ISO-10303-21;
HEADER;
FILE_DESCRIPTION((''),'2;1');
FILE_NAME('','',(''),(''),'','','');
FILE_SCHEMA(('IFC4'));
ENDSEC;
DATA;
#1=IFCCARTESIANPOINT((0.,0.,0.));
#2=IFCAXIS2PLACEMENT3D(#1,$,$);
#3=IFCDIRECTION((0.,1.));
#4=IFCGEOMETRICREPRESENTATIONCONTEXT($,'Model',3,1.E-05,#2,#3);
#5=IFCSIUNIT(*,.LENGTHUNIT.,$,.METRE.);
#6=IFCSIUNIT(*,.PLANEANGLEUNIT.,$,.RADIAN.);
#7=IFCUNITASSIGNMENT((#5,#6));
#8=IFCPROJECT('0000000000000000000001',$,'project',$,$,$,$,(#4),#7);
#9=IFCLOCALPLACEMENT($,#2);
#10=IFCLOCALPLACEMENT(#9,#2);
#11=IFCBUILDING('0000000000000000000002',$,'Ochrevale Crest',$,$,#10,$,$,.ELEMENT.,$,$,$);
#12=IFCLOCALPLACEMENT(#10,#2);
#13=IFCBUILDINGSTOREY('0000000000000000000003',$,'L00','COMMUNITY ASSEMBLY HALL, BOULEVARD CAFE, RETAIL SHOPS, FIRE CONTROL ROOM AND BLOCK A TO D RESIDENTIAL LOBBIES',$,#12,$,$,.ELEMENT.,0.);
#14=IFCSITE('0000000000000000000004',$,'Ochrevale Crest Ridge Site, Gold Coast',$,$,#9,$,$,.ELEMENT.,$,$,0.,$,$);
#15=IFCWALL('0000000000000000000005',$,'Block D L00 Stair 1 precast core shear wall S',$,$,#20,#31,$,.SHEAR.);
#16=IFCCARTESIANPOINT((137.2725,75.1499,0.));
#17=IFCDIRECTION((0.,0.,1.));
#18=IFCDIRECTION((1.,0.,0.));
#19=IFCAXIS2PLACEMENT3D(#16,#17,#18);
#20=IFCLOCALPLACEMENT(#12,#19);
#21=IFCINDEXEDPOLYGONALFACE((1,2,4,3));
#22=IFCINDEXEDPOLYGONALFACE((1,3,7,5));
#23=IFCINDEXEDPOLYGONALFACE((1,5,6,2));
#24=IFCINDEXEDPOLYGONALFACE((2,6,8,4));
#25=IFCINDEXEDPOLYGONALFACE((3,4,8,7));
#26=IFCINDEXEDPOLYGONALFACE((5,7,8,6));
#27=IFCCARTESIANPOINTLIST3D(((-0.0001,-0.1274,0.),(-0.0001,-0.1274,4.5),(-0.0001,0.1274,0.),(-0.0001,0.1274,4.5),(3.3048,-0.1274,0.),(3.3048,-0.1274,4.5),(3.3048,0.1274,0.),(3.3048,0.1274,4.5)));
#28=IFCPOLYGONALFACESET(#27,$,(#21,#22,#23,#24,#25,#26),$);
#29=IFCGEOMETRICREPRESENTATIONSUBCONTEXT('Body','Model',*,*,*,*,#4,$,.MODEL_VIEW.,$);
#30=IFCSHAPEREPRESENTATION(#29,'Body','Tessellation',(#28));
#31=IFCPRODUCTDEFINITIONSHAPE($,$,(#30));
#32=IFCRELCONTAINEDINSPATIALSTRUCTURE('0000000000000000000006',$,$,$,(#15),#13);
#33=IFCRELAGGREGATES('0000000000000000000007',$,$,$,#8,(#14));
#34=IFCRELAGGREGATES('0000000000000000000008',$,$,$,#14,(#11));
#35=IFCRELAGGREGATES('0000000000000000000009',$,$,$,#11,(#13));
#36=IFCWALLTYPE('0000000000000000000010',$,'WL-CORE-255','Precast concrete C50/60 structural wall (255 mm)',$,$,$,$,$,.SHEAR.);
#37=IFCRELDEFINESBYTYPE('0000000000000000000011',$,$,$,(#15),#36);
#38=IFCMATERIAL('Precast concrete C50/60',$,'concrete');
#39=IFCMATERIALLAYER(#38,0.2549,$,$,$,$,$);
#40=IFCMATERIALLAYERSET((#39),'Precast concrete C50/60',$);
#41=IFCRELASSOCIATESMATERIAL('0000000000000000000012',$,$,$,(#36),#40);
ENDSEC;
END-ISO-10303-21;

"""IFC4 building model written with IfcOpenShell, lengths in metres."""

from ifc_helpers import new_model, si_unit, direction, frame, frame_2d, origin, place, context, subcontext, project, spatial, rectangle, extrude, material, layer, layer_set, type_object, element, save


model = new_model("IFC4")

# Units and contexts
model_context = context("Model", 3, precision=1e-05, world=origin(), true_north=direction((0.0, 1.0)))
body_context = subcontext(model_context, "Body", "Model", "MODEL_VIEW")
ifc_project = project(units=[si_unit("LENGTHUNIT", "METRE"), si_unit("PLANEANGLEUNIT", "RADIAN")], contexts=[model_context])

# Site, building, storey
site_placement = place(None, origin())
site = spatial("IfcSite", under=ifc_project, at=site_placement, Name="Ochrevale Crest Ridge Site, Gold Coast", CompositionType="ELEMENT", RefElevation=0.0)
building_placement = place(site_placement, origin())
building = spatial("IfcBuilding", under=site, at=building_placement, Name="Ochrevale Crest", CompositionType="ELEMENT")
storey_placement = place(building_placement, origin())
storey = spatial("IfcBuildingStorey", under=building, at=storey_placement, Name="L00", Description="COMMUNITY ASSEMBLY HALL, BOULEVARD CAFE, RETAIL SHOPS, FIRE CONTROL ROOM AND BLOCK A TO D RESIDENTIAL LOBBIES", CompositionType="ELEMENT", Elevation=0.0)

# Shared definitions
ifc_material_1 = material(Name="Precast concrete C50/60", Category="concrete")

# Wall
ifc_layer_1 = layer(ifc_material_1, 0.2549)
ifc_layer_set_1 = layer_set([ifc_layer_1], Name="Precast concrete C50/60")
wall_type_1 = type_object("IfcWallType", Name="WL-CORE-255", Description="Precast concrete C50/60 structural wall (255 mm)", PredefinedType="SHEAR", material=ifc_layer_set_1)
wall_1_placement = place(storey_placement, frame((137.2725, 75.1499, 0.0), z_axis=(0.0, 0.0, 1.0), x_axis=(1.0, 0.0, 0.0)))
element("IfcWall", 1, at=wall_1_placement, inside=storey, type_object=wall_type_1, Name="Block D L00 Stair 1 precast core shear wall S", PredefinedType="SHEAR", context=body_context, shape_type="SweptSolid", body=[
    extrude(rectangle(XDim=3.3049, YDim=0.2549, at=frame_2d((1.6523, 0.0))), origin(), (0.0, 0.0, 1.0), 4.5),
])

save(model, "model.ifc")
